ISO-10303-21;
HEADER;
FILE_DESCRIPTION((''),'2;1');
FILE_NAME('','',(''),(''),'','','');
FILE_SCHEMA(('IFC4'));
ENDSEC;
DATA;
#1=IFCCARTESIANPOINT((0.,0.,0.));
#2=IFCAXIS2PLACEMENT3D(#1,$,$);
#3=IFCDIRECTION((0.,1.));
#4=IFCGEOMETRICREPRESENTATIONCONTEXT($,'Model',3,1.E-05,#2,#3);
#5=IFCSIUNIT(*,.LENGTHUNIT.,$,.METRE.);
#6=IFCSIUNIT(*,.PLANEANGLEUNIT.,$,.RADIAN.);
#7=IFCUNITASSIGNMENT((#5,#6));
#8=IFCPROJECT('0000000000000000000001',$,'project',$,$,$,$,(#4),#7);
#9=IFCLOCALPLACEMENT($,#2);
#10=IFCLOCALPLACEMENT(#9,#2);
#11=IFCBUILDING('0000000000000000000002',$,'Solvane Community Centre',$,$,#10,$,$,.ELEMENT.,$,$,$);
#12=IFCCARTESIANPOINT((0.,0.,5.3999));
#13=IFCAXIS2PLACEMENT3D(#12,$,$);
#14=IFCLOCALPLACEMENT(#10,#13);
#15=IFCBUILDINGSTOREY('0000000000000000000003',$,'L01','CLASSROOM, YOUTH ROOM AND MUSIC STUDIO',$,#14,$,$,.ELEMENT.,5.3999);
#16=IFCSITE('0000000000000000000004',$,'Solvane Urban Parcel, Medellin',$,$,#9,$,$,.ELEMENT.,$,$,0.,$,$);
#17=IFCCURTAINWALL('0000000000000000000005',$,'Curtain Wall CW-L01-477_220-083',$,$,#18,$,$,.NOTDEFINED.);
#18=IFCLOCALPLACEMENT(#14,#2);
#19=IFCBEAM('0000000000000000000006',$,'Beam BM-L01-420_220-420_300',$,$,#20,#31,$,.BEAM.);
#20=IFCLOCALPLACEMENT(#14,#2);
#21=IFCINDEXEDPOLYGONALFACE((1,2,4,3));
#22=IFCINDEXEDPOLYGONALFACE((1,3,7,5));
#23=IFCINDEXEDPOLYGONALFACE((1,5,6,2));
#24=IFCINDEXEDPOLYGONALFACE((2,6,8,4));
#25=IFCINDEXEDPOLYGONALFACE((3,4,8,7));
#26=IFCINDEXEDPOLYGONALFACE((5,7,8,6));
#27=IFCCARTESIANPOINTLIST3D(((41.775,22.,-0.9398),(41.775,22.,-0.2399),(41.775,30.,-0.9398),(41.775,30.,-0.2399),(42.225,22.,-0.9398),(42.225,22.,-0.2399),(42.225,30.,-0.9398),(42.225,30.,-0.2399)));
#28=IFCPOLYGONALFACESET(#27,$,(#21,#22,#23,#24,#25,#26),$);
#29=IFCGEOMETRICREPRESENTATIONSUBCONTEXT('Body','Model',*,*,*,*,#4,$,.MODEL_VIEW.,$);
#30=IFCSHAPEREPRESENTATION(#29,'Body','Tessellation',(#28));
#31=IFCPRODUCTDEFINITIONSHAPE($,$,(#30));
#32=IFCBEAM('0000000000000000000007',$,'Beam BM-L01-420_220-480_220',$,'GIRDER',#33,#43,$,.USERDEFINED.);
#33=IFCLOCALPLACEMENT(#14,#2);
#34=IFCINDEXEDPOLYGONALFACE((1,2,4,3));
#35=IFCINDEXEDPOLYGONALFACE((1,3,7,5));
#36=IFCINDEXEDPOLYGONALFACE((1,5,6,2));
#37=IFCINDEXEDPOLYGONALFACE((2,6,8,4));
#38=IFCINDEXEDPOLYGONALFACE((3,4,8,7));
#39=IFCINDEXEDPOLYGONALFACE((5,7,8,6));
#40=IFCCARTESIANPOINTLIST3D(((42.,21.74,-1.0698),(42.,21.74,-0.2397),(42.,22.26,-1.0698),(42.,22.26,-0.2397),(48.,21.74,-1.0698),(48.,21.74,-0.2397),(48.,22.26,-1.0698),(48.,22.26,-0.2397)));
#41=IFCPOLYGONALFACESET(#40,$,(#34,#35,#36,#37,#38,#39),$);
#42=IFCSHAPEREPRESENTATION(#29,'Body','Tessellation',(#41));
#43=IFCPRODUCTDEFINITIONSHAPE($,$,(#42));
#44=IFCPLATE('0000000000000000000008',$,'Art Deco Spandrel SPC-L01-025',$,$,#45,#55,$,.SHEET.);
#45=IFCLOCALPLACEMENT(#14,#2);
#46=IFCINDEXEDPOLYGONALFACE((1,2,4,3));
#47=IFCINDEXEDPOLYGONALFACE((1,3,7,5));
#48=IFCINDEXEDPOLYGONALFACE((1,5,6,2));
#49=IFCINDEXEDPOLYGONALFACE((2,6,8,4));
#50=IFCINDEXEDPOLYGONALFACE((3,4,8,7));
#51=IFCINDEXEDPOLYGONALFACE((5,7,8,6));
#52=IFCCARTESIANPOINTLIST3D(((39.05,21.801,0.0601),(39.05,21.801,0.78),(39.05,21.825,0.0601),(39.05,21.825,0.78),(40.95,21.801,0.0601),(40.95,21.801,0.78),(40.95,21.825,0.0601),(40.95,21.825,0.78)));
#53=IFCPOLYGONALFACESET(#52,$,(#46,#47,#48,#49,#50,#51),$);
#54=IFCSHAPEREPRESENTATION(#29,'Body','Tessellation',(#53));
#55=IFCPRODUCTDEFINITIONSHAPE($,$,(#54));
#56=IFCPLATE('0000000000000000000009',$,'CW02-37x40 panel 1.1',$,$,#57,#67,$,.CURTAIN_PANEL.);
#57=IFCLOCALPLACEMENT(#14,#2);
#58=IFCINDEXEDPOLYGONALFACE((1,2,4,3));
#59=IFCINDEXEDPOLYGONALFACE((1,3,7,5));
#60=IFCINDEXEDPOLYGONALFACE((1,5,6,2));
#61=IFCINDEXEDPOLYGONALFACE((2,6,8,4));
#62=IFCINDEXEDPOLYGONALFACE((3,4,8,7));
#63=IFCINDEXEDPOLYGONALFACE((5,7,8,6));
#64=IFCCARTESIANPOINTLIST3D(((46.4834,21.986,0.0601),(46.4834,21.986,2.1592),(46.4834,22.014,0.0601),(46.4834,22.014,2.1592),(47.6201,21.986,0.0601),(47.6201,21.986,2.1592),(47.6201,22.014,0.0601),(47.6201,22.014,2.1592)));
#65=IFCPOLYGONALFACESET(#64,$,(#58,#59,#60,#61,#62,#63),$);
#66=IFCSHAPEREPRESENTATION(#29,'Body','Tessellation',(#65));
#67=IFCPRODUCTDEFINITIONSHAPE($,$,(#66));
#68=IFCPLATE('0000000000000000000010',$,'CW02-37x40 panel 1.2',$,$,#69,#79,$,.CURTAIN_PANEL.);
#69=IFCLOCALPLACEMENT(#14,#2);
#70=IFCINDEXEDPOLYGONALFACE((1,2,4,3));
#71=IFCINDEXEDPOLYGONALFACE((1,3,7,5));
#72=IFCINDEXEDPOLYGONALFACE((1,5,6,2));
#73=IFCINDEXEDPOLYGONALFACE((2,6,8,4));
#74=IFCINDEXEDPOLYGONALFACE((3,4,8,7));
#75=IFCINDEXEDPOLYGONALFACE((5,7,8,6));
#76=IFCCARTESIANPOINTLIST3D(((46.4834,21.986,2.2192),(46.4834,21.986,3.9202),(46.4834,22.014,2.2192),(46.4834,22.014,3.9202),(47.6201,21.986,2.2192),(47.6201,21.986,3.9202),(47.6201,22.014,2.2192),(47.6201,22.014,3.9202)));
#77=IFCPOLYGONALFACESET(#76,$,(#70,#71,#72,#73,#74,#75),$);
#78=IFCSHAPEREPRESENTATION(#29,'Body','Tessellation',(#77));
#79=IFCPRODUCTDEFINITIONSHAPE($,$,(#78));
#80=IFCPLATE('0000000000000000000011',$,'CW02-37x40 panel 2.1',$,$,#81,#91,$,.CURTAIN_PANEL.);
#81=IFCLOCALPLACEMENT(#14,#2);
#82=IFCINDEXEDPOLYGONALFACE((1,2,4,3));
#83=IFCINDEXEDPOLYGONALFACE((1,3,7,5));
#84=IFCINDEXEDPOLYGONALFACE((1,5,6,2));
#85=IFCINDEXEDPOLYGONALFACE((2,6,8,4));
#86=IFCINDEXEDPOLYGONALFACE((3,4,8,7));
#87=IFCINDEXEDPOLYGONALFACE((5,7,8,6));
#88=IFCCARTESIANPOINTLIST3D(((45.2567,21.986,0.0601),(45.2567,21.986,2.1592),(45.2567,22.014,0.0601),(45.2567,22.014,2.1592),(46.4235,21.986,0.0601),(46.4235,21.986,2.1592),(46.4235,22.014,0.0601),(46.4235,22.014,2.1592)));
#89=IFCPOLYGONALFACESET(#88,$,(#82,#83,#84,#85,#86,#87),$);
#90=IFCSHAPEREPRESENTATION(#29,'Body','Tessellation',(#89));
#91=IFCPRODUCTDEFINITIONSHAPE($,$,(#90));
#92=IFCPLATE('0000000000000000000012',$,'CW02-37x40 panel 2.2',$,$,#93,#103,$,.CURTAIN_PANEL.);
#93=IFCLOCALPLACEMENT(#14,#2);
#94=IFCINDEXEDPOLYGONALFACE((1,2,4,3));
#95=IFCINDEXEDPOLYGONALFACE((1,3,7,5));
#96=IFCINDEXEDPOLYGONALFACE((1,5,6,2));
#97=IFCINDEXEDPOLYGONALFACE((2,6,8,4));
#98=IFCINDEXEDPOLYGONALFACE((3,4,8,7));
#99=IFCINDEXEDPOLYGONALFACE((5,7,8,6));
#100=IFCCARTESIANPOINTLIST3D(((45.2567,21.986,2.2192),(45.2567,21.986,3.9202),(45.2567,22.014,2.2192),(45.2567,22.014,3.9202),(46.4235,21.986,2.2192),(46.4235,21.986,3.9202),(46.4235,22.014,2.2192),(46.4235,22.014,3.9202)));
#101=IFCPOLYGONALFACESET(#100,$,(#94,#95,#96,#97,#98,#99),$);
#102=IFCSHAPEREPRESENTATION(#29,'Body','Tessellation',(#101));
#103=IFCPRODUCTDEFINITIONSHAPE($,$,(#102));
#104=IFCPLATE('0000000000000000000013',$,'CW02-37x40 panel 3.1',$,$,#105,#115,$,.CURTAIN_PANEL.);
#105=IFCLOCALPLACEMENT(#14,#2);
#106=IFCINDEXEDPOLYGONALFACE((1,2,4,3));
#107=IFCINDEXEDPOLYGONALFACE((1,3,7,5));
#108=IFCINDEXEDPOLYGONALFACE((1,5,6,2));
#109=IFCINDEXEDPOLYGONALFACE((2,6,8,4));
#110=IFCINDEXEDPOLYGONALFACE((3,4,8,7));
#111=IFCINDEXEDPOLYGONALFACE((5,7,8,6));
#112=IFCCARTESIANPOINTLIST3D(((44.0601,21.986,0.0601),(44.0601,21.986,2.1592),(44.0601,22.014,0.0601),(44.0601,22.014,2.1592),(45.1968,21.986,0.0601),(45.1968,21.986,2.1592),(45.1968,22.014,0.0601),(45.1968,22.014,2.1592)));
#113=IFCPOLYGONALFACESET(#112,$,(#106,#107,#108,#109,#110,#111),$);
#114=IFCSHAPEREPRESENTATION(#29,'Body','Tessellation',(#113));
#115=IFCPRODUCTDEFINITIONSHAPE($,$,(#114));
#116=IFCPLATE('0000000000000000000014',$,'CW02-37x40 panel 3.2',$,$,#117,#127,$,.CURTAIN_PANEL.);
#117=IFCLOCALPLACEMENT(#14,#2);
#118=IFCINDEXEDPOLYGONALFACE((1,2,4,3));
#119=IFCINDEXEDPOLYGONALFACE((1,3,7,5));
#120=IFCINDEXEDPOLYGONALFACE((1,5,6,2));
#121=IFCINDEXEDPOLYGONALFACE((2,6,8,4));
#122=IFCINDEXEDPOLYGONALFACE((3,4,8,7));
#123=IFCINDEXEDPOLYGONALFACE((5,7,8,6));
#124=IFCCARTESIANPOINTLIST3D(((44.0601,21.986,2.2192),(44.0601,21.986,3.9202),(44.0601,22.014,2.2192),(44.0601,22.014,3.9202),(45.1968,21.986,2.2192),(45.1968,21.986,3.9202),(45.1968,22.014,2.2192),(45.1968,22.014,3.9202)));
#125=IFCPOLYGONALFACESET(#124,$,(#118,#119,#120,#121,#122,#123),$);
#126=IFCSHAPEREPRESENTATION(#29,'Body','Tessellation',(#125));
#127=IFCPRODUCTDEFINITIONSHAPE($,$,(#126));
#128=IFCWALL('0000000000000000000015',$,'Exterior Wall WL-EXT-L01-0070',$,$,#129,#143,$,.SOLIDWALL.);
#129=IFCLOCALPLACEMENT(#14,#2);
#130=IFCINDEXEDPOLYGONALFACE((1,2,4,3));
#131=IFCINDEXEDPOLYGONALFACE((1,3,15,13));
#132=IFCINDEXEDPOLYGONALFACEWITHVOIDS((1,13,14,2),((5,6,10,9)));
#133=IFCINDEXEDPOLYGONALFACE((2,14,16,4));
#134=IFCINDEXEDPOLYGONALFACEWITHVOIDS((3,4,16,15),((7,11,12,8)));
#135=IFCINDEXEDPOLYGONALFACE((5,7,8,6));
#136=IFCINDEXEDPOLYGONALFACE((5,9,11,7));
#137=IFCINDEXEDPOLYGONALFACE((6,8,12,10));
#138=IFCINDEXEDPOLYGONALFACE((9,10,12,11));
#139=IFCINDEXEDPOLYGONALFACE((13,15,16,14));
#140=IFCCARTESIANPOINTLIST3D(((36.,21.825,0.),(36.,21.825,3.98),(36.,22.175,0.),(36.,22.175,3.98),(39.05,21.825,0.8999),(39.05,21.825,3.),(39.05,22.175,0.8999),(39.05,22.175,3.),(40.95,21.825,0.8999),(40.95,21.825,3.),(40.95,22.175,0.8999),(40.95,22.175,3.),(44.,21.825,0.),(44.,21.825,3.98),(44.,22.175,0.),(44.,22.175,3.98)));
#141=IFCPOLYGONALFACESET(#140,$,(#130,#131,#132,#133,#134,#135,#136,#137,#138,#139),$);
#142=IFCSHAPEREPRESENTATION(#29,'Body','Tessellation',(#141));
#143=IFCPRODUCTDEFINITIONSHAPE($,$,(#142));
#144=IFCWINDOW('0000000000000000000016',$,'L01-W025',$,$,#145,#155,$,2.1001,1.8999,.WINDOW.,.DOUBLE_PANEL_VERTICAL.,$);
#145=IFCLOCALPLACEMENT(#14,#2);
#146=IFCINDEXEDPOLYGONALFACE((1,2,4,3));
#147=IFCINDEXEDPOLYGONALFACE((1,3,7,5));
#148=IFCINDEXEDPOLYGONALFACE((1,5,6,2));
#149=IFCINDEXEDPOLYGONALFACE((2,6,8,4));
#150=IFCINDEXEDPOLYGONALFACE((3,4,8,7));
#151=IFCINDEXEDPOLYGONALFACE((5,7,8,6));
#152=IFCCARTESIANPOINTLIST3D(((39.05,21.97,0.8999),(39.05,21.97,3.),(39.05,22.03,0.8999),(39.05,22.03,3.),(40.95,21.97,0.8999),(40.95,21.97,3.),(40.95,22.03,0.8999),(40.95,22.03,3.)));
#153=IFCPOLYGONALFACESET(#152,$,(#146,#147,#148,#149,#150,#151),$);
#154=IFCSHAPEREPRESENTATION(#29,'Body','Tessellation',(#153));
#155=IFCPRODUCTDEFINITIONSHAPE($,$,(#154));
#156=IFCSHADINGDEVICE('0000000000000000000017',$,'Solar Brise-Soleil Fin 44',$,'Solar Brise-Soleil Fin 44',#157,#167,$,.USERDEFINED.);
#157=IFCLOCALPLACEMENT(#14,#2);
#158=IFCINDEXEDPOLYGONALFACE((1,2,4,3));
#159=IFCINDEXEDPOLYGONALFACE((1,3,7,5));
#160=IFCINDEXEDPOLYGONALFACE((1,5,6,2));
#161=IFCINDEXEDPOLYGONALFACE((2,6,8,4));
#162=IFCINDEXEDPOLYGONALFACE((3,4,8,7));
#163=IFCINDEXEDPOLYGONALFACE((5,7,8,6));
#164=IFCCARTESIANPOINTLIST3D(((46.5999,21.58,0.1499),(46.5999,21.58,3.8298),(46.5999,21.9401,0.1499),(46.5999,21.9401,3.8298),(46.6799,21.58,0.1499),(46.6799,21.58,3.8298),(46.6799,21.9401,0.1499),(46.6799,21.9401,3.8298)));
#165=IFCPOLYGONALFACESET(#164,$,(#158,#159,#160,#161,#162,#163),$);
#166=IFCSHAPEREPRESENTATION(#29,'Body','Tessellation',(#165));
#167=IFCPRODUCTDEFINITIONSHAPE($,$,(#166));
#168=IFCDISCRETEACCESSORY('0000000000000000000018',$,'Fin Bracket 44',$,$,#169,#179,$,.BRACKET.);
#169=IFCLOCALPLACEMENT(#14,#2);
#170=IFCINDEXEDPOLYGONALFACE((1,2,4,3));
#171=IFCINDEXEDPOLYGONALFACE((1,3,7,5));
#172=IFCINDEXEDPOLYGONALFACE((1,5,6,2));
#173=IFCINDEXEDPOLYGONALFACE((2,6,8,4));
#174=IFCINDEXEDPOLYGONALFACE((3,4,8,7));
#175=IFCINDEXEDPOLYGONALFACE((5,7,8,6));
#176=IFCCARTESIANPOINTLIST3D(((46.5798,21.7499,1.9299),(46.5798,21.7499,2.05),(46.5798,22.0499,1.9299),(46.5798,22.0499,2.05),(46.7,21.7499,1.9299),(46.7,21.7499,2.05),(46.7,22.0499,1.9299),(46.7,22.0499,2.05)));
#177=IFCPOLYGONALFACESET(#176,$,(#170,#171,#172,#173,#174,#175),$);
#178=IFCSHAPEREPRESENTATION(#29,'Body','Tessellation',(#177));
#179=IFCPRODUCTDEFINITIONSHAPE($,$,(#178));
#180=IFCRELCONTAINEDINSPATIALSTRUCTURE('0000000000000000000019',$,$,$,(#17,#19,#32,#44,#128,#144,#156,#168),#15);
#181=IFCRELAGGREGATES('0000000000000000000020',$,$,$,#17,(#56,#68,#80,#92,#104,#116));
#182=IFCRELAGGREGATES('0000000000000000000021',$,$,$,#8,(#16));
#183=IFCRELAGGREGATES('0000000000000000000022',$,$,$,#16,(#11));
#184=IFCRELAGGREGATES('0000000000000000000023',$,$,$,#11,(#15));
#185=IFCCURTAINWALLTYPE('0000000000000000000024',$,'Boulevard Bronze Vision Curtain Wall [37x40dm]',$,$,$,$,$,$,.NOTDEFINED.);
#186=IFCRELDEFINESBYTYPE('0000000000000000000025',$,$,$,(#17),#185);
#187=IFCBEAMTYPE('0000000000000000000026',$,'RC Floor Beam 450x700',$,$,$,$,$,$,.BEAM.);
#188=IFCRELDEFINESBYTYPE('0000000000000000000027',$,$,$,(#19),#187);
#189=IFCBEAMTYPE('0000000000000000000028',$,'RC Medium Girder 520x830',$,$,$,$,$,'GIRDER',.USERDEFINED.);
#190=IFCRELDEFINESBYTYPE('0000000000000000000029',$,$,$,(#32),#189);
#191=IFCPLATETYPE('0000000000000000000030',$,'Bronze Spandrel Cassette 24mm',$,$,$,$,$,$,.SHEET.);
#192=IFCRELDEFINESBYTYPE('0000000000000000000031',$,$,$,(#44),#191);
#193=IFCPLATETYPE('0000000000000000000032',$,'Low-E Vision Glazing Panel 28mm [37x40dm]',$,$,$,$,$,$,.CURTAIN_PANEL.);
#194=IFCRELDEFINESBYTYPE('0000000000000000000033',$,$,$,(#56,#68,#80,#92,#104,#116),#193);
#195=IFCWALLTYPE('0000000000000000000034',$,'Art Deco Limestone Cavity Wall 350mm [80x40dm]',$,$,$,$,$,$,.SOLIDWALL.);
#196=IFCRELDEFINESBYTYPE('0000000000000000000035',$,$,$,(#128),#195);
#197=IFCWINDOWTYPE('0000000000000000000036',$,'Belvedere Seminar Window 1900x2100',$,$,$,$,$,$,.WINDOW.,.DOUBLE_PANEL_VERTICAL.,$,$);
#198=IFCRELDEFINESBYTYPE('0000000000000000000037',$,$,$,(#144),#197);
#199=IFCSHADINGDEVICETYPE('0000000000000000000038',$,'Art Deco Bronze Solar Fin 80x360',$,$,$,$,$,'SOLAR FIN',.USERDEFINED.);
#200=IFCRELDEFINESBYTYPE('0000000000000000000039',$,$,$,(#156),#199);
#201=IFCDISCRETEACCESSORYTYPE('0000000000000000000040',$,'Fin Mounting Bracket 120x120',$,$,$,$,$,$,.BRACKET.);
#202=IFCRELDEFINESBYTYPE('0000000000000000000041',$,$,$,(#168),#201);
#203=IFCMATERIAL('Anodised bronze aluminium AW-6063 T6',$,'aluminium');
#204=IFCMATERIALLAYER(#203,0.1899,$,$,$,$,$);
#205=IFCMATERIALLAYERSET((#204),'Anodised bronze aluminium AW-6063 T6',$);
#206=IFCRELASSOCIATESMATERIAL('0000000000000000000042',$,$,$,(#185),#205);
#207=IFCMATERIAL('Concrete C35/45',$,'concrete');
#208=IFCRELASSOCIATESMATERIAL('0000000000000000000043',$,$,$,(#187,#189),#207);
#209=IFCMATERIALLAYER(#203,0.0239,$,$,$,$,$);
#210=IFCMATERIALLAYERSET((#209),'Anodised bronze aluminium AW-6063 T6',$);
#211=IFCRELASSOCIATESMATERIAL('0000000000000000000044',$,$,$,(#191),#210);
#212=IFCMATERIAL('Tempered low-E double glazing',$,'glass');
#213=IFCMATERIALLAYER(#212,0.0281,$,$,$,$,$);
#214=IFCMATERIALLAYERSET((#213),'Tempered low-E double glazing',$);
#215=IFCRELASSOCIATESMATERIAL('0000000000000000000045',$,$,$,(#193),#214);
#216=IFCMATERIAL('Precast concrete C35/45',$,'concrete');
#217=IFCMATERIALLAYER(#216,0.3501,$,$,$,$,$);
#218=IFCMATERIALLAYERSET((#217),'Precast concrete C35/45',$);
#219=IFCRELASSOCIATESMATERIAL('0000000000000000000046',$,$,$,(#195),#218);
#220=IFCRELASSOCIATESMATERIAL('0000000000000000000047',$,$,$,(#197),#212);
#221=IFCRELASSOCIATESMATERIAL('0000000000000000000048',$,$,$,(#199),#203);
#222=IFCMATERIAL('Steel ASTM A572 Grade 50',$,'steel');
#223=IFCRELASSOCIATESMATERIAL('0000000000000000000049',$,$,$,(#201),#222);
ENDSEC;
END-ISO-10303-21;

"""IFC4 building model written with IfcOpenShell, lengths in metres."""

from ifc_helpers import new_model, si_unit, direction, frame, frame_2d, origin, origin_2d, place, context, subcontext, project, spatial, rectangle, extrude, material, layer, layer_set, material_profile, profile_set, type_object, element, fill, aggregate, save


model = new_model("IFC4")

# Units and contexts
model_context = context("Model", 3, precision=1e-05, world=origin(), true_north=direction((0.0, 1.0)))
body_context = subcontext(model_context, "Body", "Model", "MODEL_VIEW")
ifc_project = project(units=[si_unit("LENGTHUNIT", "METRE"), si_unit("PLANEANGLEUNIT", "RADIAN")], contexts=[model_context])

# Site, building, storey
site_placement = place(None, origin())
site = spatial("IfcSite", under=ifc_project, at=site_placement, Name="Solvane Urban Parcel, Medellin", CompositionType="ELEMENT", RefElevation=0.0)
building_placement = place(site_placement, origin())
building = spatial("IfcBuilding", under=site, at=building_placement, Name="Solvane Community Centre", CompositionType="ELEMENT")
storey_placement = place(building_placement, frame((0.0, 0.0, 5.3999)))
storey = spatial("IfcBuildingStorey", under=building, at=storey_placement, Name="L01", Description="CLASSROOM, YOUTH ROOM AND MUSIC STUDIO", CompositionType="ELEMENT", Elevation=5.3999)

# Shared definitions
ifc_material_1 = material(Name="Concrete C35/45", Category="concrete")

# Curtain wall
ifc_material_2 = material(Name="Anodised bronze aluminium AW-6063 T6", Category="aluminium")
ifc_layer_1 = layer(ifc_material_2, 0.1899)
ifc_layer_set_1 = layer_set([ifc_layer_1], Name="Anodised bronze aluminium AW-6063 T6")
curtain_wall_type = type_object("IfcCurtainWallType", Name="Boulevard Bronze Vision Curtain Wall [37x40dm]", PredefinedType="NOTDEFINED", material=ifc_layer_set_1)
curtain_wall_placement = place(storey_placement, origin())
curtain_wall = element("IfcCurtainWall", 1, at=curtain_wall_placement, inside=storey, type_object=curtain_wall_type, Name="Curtain Wall CW-L01-477_220-083", PredefinedType="NOTDEFINED")

# Beams
ifc_material_profile_1 = material_profile(ifc_material_1, rectangle(XDim=0.45, YDim=0.7, at=origin_2d()), Name="RC 450x700")
ifc_profile_set_1 = profile_set([ifc_material_profile_1], Name="Concrete C35/45")
beam_type_1 = type_object("IfcBeamType", Name="RC Floor Beam 450x700", PredefinedType="BEAM", material=ifc_profile_set_1)
beam_1_placement = place(storey_placement, frame((42.0, 22.0, -0.5898), z_axis=(0.0, 1.0, 0.0), x_axis=(-1.0, 0.0, 0.0)))
element("IfcBeam", 2, at=beam_1_placement, inside=storey, type_object=beam_type_1, Name="Beam BM-L01-420_220-420_300", PredefinedType="BEAM", context=body_context, shape_type="SweptSolid", body=[
    extrude(rectangle(XDim=0.45, YDim=0.7, at=origin_2d()), origin(), (0.0, 0.0, 1.0), 8.0),
])
ifc_material_profile_2 = material_profile(ifc_material_1, rectangle(XDim=0.52, YDim=0.8301, at=origin_2d()), Name="RC 520x830")
ifc_profile_set_2 = profile_set([ifc_material_profile_2], Name="Concrete C35/45")
beam_type_2 = type_object("IfcBeamType", Name="RC Medium Girder 520x830", ElementType="GIRDER", PredefinedType="USERDEFINED", material=ifc_profile_set_2)
beam_2_placement = place(storey_placement, frame((42.0, 22.0, -0.6548), z_axis=(1.0, 0.0, 0.0), x_axis=(0.0, 1.0, 0.0)))
element("IfcBeam", 3, at=beam_2_placement, inside=storey, type_object=beam_type_2, Name="Beam BM-L01-420_220-480_220", ObjectType="GIRDER", PredefinedType="USERDEFINED", context=body_context, shape_type="SweptSolid", body=[
    extrude(rectangle(XDim=0.52, YDim=0.8301, at=origin_2d()), origin(), (0.0, 0.0, 1.0), 6.0),
])

# Plates
ifc_layer_2 = layer(ifc_material_2, 0.0239)
ifc_layer_set_2 = layer_set([ifc_layer_2], Name="Anodised bronze aluminium AW-6063 T6")
plate_type_1 = type_object("IfcPlateType", Name="Bronze Spandrel Cassette 24mm", PredefinedType="SHEET", material=ifc_layer_set_2)
plate_1_placement = place(storey_placement, frame((40.0, 21.813, 0.0601), z_axis=(0.0, 0.0, 1.0), x_axis=(-1.0, 0.0, 0.0)))
element("IfcPlate", 4, at=plate_1_placement, inside=storey, type_object=plate_type_1, Name="Art Deco Spandrel SPC-L01-025", PredefinedType="SHEET", context=body_context, shape_type="SweptSolid", body=[
    extrude(rectangle(XDim=1.8999, YDim=0.0239, at=origin_2d()), origin(), (0.0, 0.0, 1.0), 0.72),
])
ifc_material_3 = material(Name="Tempered low-E double glazing", Category="glass")
ifc_layer_3 = layer(ifc_material_3, 0.0281)
ifc_layer_set_3 = layer_set([ifc_layer_3], Name="Tempered low-E double glazing")
plate_type_2 = type_object("IfcPlateType", Name="Low-E Vision Glazing Panel 28mm [37x40dm]", PredefinedType="CURTAIN_PANEL", material=ifc_layer_set_3)
plate_2_placement = place(storey_placement, frame((47.0518, 22.0, 0.0601), z_axis=(0.0, 0.0, 1.0), x_axis=(-1.0, 0.0, 0.0)))
plate_2 = element("IfcPlate", 5, at=plate_2_placement, type_object=plate_type_2, Name="CW02-37x40 panel 1.1", PredefinedType="CURTAIN_PANEL", context=body_context, shape_type="SweptSolid", body=[
    extrude(rectangle(XDim=1.1367, YDim=0.0281, at=origin_2d()), origin(), (0.0, 0.0, 1.0), 2.0991),
])
plate_3_placement = place(storey_placement, frame((47.0518, 22.0, 2.2192), z_axis=(0.0, 0.0, 1.0), x_axis=(-1.0, 0.0, 0.0)))
plate_3 = element("IfcPlate", 6, at=plate_3_placement, type_object=plate_type_2, Name="CW02-37x40 panel 1.2", PredefinedType="CURTAIN_PANEL", context=body_context, shape_type="SweptSolid", body=[
    extrude(rectangle(XDim=1.1367, YDim=0.0281, at=origin_2d()), origin(), (0.0, 0.0, 1.0), 1.7009),
])
plate_4_placement = place(storey_placement, frame((45.8401, 22.0, 0.0601), z_axis=(0.0, 0.0, 1.0), x_axis=(-1.0, 0.0, 0.0)))
plate_4 = element("IfcPlate", 7, at=plate_4_placement, type_object=plate_type_2, Name="CW02-37x40 panel 2.1", PredefinedType="CURTAIN_PANEL", context=body_context, shape_type="SweptSolid", body=[
    extrude(rectangle(XDim=1.1667, YDim=0.0281, at=origin_2d()), origin(), (0.0, 0.0, 1.0), 2.0991),
])
plate_5_placement = place(storey_placement, frame((45.8401, 22.0, 2.2192), z_axis=(0.0, 0.0, 1.0), x_axis=(-1.0, 0.0, 0.0)))
plate_5 = element("IfcPlate", 8, at=plate_5_placement, type_object=plate_type_2, Name="CW02-37x40 panel 2.2", PredefinedType="CURTAIN_PANEL", context=body_context, shape_type="SweptSolid", body=[
    extrude(rectangle(XDim=1.1667, YDim=0.0281, at=origin_2d()), origin(), (0.0, 0.0, 1.0), 1.7009),
])
plate_6_placement = place(storey_placement, frame((44.6284, 22.0, 0.0601), z_axis=(0.0, 0.0, 1.0), x_axis=(-1.0, 0.0, 0.0)))
plate_6 = element("IfcPlate", 9, at=plate_6_placement, type_object=plate_type_2, Name="CW02-37x40 panel 3.1", PredefinedType="CURTAIN_PANEL", context=body_context, shape_type="SweptSolid", body=[
    extrude(rectangle(XDim=1.1367, YDim=0.0281, at=origin_2d()), origin(), (0.0, 0.0, 1.0), 2.0991),
])
plate_7_placement = place(storey_placement, frame((44.6284, 22.0, 2.2192), z_axis=(0.0, 0.0, 1.0), x_axis=(-1.0, 0.0, 0.0)))
plate_7 = element("IfcPlate", 10, at=plate_7_placement, type_object=plate_type_2, Name="CW02-37x40 panel 3.2", PredefinedType="CURTAIN_PANEL", context=body_context, shape_type="SweptSolid", body=[
    extrude(rectangle(XDim=1.1367, YDim=0.0281, at=origin_2d()), origin(), (0.0, 0.0, 1.0), 1.7009),
])
aggregate(curtain_wall, [plate_2, plate_3, plate_4, plate_5, plate_6, plate_7])

# Wall, opening, window
ifc_material_4 = material(Name="Precast concrete C35/45", Category="concrete")
ifc_layer_4 = layer(ifc_material_4, 0.3501)
ifc_layer_set_4 = layer_set([ifc_layer_4], Name="Precast concrete C35/45")
wall_type = type_object("IfcWallType", Name="Art Deco Limestone Cavity Wall 350mm [80x40dm]", PredefinedType="SOLIDWALL", material=ifc_layer_set_4)
wall_placement = place(storey_placement, frame((44.0, 22.0, 0.0), z_axis=(0.0, 0.0, 1.0), x_axis=(-1.0, 0.0, 0.0)))
wall = element("IfcWall", 11, at=wall_placement, inside=storey, type_object=wall_type, Name="Exterior Wall WL-EXT-L01-0070", PredefinedType="SOLIDWALL", context=body_context, shape_type="SweptSolid", body=[
    extrude(rectangle(XDim=8.0, YDim=0.3501, at=frame_2d((4.0, 0.0))), origin(), (0.0, 0.0, 1.0), 3.98),
])
opening_placement = place(wall_placement, frame((3.05, 0.0, 0.8999)))
opening = element("IfcOpeningElement", 12, at=opening_placement, cuts=wall, PredefinedType="OPENING", context=body_context, shape_type="SweptSolid", body=[
    extrude(rectangle(XDim=1.8999, YDim=2.1001, at=frame_2d((0.95, 1.05))), frame((0.0, 0.1851, 0.0), z_axis=(0.0, -1.0, 0.0), x_axis=(1.0, 0.0, 0.0)), (0.0, 0.0, 1.0), 0.3701),
])
window_type = type_object("IfcWindowType", Name="Belvedere Seminar Window 1900x2100", PartitioningType="DOUBLE_PANEL_VERTICAL", PredefinedType="WINDOW", material=ifc_material_3)
window_placement = place(opening_placement, origin())
window = element("IfcWindow", 13, at=window_placement, inside=storey, type_object=window_type, Name="L01-W025", OverallHeight=2.1001, OverallWidth=1.8999, PartitioningType="DOUBLE_PANEL_VERTICAL", PredefinedType="WINDOW", context=body_context, shape_type="SweptSolid", body=[
    extrude(rectangle(XDim=1.8999, YDim=2.1001, at=frame_2d((0.95, 1.05))), frame((0.0, 0.03, 0.0), z_axis=(0.0, -1.0, 0.0), x_axis=(1.0, 0.0, 0.0)), (0.0, 0.0, 1.0), 0.0601),
])
fill(opening, window)

# Shading device
shading_device_type = type_object("IfcShadingDeviceType", Name="Art Deco Bronze Solar Fin 80x360", ElementType="SOLAR FIN", PredefinedType="USERDEFINED", material=ifc_material_2)
shading_device_placement = place(storey_placement, frame((46.6399, 21.76, 0.1499), z_axis=(0.0, 0.0, 1.0), x_axis=(-1.0, 0.0, 0.0)))
element("IfcShadingDevice", 14, at=shading_device_placement, inside=storey, type_object=shading_device_type, Name="Solar Brise-Soleil Fin 44", ObjectType="Solar Brise-Soleil Fin 44", PredefinedType="USERDEFINED", context=body_context, shape_type="SweptSolid", body=[
    extrude(rectangle(XDim=0.0801, YDim=0.3601, at=origin_2d()), origin(), (0.0, 0.0, 1.0), 3.6799),
])

# Discrete accessory
ifc_material_5 = material(Name="Steel ASTM A572 Grade 50", Category="steel")
discrete_accessory_type = type_object("IfcDiscreteAccessoryType", Name="Fin Mounting Bracket 120x120", PredefinedType="BRACKET", material=ifc_material_5)
discrete_accessory_placement = place(storey_placement, frame((46.6399, 21.8999, 1.9299), z_axis=(0.0, 0.0, 1.0), x_axis=(-1.0, 0.0, 0.0)))
element("IfcDiscreteAccessory", 15, at=discrete_accessory_placement, inside=storey, type_object=discrete_accessory_type, Name="Fin Bracket 44", PredefinedType="BRACKET", context=body_context, shape_type="SweptSolid", body=[
    extrude(rectangle(XDim=0.1201, YDim=0.3, at=origin_2d()), origin(), (0.0, 0.0, 1.0), 0.1201),
])

save(model, "model.ifc")
